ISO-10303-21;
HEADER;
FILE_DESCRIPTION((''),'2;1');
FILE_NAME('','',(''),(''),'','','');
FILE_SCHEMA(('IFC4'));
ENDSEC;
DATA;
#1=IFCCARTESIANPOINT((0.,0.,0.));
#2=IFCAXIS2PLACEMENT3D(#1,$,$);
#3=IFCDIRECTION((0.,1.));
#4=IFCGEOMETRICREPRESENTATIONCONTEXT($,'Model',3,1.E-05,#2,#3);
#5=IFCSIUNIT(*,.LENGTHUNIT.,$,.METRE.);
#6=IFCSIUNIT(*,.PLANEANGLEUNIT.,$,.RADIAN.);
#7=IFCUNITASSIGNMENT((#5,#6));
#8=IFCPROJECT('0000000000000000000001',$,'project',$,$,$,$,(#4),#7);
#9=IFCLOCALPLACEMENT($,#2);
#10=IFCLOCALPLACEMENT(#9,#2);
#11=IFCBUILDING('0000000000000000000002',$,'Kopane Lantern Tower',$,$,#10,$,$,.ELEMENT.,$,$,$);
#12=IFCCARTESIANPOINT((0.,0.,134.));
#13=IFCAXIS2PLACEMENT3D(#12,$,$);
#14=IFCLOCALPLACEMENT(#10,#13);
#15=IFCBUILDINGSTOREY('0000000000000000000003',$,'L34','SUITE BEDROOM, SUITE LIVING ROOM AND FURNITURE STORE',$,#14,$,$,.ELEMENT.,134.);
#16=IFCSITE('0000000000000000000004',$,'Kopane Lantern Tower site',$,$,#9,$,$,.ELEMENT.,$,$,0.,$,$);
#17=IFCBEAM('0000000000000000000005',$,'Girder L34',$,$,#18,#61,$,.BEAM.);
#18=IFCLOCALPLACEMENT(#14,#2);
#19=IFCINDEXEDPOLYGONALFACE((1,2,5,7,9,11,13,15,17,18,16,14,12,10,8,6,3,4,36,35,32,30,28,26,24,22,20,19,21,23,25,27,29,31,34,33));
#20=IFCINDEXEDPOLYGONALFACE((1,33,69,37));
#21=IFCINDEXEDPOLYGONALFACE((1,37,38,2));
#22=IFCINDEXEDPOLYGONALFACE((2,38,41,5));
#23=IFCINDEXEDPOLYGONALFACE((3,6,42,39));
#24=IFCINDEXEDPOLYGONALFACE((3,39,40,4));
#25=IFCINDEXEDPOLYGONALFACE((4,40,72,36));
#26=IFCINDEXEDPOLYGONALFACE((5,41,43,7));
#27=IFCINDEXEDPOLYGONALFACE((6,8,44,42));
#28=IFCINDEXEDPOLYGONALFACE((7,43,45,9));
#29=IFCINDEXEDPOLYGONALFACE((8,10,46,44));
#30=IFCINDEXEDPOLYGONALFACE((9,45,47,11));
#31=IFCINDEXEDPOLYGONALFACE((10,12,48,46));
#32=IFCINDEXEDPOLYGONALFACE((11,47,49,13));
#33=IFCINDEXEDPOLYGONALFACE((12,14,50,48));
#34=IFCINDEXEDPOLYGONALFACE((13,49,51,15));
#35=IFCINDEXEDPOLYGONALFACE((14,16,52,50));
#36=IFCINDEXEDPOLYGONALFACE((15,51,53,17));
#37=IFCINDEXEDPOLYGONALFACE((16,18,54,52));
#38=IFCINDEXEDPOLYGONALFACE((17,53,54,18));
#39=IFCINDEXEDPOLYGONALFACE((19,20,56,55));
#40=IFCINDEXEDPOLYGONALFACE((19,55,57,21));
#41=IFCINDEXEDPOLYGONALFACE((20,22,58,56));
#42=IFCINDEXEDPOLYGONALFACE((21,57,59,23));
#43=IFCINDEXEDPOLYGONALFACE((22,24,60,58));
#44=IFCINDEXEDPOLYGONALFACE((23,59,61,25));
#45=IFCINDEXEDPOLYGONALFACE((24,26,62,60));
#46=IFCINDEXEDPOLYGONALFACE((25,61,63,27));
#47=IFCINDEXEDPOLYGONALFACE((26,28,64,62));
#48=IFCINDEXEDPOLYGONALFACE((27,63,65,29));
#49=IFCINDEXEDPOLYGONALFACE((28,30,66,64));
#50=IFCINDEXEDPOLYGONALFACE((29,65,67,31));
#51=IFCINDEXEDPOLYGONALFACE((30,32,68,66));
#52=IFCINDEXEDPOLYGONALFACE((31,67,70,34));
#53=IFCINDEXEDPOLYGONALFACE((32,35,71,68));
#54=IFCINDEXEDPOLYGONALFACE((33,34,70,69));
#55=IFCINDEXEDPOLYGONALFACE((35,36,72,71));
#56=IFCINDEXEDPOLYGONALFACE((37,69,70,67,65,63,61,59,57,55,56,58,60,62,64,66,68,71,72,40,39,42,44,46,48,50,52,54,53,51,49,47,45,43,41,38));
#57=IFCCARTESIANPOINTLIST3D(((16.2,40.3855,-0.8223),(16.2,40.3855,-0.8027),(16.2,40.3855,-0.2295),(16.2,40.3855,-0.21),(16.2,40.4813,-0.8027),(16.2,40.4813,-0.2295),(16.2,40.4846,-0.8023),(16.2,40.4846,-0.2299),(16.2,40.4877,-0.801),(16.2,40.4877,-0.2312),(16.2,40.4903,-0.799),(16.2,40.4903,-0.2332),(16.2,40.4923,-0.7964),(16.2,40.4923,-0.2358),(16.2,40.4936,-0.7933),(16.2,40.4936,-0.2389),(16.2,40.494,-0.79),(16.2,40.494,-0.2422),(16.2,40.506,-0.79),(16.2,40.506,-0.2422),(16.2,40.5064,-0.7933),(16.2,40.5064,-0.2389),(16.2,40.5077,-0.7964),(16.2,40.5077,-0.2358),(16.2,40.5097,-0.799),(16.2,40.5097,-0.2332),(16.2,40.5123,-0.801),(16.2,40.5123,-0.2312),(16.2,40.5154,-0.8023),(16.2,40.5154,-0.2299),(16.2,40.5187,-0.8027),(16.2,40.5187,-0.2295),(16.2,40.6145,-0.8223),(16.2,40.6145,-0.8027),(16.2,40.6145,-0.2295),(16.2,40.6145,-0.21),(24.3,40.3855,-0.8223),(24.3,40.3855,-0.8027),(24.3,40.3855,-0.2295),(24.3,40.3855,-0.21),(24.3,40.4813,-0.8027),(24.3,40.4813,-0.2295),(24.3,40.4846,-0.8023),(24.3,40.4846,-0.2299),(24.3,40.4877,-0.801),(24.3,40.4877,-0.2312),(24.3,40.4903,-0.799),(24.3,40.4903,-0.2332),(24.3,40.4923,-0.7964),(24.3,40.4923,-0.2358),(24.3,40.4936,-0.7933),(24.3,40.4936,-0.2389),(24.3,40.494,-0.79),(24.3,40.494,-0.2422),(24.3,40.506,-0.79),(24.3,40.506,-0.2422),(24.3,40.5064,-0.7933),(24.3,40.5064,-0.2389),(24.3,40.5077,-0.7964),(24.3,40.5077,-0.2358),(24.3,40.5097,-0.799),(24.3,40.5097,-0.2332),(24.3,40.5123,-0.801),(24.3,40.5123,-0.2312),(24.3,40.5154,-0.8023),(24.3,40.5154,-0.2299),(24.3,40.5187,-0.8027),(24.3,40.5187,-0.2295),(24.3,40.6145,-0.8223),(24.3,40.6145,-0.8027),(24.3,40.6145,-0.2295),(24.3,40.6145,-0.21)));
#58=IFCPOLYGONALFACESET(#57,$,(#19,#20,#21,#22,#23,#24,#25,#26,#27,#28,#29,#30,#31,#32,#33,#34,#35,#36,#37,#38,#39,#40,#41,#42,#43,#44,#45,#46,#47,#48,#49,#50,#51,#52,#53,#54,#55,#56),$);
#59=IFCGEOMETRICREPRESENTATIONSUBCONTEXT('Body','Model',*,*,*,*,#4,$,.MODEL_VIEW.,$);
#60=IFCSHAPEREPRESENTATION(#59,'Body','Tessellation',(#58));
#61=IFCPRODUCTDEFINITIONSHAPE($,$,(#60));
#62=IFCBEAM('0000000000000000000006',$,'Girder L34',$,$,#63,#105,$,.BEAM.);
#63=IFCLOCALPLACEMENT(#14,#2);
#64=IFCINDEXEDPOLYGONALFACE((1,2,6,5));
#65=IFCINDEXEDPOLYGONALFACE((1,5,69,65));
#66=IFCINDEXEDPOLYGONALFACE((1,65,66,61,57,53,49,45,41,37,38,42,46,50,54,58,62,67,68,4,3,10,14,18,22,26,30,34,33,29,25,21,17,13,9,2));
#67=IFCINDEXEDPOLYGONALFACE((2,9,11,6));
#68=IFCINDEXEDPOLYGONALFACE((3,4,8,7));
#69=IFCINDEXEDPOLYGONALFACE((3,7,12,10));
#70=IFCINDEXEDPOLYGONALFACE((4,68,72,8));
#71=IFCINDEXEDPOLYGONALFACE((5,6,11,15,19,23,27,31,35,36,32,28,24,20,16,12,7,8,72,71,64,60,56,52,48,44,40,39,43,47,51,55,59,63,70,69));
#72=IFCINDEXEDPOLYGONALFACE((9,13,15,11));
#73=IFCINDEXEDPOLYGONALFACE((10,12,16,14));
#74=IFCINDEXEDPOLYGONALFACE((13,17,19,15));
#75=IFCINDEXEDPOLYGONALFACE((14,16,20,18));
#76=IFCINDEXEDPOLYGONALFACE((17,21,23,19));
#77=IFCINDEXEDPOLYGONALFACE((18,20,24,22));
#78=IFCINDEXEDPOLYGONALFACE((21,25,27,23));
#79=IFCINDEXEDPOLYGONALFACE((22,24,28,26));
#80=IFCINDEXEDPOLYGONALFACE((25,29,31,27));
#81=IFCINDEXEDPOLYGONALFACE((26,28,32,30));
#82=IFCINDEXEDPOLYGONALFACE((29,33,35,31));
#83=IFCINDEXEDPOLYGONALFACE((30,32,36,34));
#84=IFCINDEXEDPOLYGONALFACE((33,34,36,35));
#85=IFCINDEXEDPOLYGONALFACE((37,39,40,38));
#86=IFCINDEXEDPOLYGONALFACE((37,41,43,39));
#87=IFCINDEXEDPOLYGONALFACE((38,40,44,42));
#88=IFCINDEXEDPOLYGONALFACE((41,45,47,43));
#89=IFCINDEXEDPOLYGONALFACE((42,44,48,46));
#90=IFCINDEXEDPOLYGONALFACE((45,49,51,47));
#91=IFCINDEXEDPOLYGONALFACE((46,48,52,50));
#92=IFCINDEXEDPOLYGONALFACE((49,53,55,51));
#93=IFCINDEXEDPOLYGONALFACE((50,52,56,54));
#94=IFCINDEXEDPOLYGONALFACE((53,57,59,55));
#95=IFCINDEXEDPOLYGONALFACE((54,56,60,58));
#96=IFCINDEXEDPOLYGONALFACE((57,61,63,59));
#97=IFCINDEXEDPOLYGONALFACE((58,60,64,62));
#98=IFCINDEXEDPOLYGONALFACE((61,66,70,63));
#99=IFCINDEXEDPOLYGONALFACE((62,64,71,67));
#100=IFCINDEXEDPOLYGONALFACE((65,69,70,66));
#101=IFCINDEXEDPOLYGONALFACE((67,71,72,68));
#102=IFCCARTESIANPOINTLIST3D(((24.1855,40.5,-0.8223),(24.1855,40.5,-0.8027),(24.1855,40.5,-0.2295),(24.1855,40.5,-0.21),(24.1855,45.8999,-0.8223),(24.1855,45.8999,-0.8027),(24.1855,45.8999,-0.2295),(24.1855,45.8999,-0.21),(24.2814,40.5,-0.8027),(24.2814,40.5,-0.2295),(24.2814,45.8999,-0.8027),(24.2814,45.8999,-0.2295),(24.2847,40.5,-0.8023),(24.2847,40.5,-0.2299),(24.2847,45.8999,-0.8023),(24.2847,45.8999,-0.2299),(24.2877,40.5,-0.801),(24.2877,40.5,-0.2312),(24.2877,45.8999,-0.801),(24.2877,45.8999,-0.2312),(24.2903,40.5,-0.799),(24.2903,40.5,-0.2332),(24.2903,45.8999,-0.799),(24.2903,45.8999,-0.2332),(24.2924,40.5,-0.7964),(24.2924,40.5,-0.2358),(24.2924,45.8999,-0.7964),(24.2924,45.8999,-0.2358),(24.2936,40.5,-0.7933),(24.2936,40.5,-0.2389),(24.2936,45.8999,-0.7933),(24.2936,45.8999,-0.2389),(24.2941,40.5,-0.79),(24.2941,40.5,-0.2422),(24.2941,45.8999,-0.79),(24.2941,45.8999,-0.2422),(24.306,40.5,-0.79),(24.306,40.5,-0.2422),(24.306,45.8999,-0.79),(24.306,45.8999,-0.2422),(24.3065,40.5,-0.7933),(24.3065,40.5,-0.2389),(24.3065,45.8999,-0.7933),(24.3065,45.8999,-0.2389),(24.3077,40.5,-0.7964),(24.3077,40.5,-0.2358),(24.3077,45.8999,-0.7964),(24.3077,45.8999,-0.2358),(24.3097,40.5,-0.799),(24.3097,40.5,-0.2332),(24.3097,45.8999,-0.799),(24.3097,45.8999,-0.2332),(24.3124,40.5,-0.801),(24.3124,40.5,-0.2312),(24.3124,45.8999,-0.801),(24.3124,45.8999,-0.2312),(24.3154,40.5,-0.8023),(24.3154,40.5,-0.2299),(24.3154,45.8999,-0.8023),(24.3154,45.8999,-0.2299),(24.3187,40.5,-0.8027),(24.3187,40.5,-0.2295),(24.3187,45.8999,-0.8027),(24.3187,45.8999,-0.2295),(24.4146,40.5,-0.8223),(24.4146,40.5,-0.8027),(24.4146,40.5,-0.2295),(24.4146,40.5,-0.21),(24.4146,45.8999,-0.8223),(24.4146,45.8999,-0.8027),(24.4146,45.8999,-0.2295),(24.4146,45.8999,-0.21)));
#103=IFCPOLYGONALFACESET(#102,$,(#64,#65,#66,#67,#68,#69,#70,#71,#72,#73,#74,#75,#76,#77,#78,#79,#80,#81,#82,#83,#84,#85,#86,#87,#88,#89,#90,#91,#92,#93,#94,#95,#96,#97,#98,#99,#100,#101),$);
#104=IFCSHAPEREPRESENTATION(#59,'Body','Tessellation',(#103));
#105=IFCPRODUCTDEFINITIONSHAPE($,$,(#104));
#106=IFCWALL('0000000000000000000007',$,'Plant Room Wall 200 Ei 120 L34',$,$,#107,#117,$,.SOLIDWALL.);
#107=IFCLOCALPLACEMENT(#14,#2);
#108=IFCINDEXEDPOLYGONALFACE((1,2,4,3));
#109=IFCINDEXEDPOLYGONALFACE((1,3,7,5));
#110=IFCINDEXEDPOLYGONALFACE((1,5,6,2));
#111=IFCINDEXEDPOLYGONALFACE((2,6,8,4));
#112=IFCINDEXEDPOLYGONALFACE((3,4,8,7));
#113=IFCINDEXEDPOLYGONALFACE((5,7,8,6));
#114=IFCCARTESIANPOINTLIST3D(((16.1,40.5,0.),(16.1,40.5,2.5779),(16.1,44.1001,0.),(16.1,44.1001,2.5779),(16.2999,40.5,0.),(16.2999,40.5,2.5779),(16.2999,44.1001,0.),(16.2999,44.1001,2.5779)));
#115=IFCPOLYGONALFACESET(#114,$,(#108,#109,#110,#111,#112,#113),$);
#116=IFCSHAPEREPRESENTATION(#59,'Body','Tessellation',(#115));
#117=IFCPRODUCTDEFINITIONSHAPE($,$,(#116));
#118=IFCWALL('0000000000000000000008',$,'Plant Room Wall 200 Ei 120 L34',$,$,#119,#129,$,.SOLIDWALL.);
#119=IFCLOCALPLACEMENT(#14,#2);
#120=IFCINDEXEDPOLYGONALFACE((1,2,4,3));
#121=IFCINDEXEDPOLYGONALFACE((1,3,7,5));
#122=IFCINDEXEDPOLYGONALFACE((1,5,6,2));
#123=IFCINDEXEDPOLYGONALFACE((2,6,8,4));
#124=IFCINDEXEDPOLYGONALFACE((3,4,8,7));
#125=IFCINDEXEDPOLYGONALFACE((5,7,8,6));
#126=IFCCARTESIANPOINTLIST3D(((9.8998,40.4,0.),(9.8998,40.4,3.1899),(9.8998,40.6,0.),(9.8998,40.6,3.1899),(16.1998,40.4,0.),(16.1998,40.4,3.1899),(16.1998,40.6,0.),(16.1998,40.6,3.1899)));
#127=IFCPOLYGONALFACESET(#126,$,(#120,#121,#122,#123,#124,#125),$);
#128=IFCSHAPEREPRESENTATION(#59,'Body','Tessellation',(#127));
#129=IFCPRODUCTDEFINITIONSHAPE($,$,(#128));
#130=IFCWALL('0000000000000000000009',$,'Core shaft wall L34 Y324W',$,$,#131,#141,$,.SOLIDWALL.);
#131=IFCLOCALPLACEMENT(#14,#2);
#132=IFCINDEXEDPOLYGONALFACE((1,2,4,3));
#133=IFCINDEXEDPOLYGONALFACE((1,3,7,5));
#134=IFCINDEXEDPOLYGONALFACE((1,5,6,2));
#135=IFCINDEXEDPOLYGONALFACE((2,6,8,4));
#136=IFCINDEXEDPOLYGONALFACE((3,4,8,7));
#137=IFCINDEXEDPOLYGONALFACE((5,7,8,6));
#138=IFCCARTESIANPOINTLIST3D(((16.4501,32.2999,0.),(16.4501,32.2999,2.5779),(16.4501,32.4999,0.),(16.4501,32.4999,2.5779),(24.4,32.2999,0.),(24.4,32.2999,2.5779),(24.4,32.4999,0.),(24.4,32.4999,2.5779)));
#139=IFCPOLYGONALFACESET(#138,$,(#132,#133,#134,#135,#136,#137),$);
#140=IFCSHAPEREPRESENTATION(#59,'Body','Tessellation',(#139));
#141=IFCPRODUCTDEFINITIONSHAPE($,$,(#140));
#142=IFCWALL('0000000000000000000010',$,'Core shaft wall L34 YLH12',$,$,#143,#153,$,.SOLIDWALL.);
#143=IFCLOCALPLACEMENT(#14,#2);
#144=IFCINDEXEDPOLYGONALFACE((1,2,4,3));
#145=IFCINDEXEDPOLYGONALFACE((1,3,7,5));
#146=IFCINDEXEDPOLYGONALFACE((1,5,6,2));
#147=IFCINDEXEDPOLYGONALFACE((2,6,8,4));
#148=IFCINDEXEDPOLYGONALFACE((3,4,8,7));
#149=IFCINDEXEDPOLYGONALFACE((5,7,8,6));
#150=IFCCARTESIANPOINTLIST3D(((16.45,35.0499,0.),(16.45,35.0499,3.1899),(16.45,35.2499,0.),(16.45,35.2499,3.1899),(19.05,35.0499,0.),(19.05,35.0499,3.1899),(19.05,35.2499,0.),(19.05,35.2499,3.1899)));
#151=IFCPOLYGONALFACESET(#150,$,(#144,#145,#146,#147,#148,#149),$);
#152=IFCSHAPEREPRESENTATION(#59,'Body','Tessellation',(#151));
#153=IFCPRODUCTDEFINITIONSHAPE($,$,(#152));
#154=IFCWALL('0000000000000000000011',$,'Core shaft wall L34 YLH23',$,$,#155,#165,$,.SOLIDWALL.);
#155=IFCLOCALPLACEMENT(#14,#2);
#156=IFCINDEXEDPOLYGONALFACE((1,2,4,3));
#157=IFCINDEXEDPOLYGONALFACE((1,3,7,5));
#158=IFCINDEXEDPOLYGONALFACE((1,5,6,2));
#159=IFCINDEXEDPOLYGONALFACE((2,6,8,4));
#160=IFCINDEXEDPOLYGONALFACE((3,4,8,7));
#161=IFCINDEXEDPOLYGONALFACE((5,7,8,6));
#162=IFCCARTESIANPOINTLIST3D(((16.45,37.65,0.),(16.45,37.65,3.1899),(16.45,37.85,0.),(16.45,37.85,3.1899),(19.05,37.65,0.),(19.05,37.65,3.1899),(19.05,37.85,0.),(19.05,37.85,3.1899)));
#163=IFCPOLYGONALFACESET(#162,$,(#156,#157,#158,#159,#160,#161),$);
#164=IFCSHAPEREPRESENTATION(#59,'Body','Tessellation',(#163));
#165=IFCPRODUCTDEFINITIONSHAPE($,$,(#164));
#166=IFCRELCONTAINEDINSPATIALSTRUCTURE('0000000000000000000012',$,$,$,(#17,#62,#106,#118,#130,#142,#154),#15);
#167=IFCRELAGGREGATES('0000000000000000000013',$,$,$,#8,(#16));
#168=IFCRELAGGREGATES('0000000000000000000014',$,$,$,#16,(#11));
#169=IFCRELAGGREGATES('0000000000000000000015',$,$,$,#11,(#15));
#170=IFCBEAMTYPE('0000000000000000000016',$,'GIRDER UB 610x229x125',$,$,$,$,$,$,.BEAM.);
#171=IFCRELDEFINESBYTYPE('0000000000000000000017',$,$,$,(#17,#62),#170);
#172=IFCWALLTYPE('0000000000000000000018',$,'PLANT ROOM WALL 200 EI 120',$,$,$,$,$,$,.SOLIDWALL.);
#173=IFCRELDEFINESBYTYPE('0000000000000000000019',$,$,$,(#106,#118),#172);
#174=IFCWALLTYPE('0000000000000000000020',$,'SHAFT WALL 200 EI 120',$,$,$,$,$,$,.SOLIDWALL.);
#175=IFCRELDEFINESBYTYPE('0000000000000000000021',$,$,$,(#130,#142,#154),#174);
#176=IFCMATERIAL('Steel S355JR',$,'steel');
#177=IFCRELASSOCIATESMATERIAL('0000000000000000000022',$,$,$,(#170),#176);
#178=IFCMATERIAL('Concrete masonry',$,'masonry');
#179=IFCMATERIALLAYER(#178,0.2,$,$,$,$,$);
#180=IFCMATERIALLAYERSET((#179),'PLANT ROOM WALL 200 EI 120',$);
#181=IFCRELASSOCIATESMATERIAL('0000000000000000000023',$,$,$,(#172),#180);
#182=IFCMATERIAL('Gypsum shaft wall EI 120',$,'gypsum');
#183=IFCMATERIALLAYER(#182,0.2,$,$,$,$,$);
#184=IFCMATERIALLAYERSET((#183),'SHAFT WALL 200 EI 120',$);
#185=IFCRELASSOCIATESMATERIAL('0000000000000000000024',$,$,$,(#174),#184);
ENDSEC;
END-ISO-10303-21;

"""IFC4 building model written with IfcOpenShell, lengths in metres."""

from ifc_helpers import new_model, si_unit, direction, frame, frame_2d, origin, origin_2d, place, context, subcontext, project, spatial, rectangle, i_section, extrude, material, layer, layer_set, material_profile, profile_set, type_object, element, save


model = new_model("IFC4")

# Units and contexts
model_context = context("Model", 3, precision=1e-05, world=origin(), true_north=direction((0.0, 1.0)))
body_context = subcontext(model_context, "Body", "Model", "MODEL_VIEW")
ifc_project = project(units=[si_unit("LENGTHUNIT", "METRE"), si_unit("PLANEANGLEUNIT", "RADIAN")], contexts=[model_context])

# Site, building, storey
site_placement = place(None, origin())
site = spatial("IfcSite", under=ifc_project, at=site_placement, Name="Kopane Lantern Tower site", CompositionType="ELEMENT", RefElevation=0.0)
building_placement = place(site_placement, origin())
building = spatial("IfcBuilding", under=site, at=building_placement, Name="Kopane Lantern Tower", CompositionType="ELEMENT")
storey_placement = place(building_placement, frame((0.0, 0.0, 134.0)))
storey = spatial("IfcBuildingStorey", under=building, at=storey_placement, Name="L34", Description="SUITE BEDROOM, SUITE LIVING ROOM AND FURNITURE STORE", CompositionType="ELEMENT", Elevation=134.0)

# Beams
ifc_material_1 = material(Name="Steel S355JR", Category="steel")
ifc_material_profile_1 = material_profile(ifc_material_1, i_section(OverallWidth=0.229, OverallDepth=0.6123, WebThickness=0.012, FlangeThickness=0.0195, FilletRadius=0.0127, at=origin_2d()), Name="UB 610x229x125")
ifc_profile_set_1 = profile_set([ifc_material_profile_1], Name="Steel S355JR")
beam_type_1 = type_object("IfcBeamType", Name="GIRDER UB 610x229x125", PredefinedType="BEAM", material=ifc_profile_set_1)
beam_1_placement = place(storey_placement, frame((16.2, 40.5, -0.5161), z_axis=(1.0, 0.0, 0.0), x_axis=(0.0, 1.0, 0.0)))
element("IfcBeam", 1, at=beam_1_placement, inside=storey, type_object=beam_type_1, Name="Girder L34", PredefinedType="BEAM", context=body_context, shape_type="SweptSolid", body=[
    extrude(i_section(OverallWidth=0.229, OverallDepth=0.6123, WebThickness=0.012, FlangeThickness=0.0195, FilletRadius=0.0127, at=origin_2d()), origin(), (0.0, 0.0, 1.0), 8.1001),
])
beam_2_placement = place(storey_placement, frame((24.3, 40.5, -0.5161), z_axis=(0.0, 1.0, 0.0), x_axis=(-1.0, 0.0, 0.0)))
element("IfcBeam", 2, at=beam_2_placement, inside=storey, type_object=beam_type_1, Name="Girder L34", PredefinedType="BEAM", context=body_context, shape_type="SweptSolid", body=[
    extrude(i_section(OverallWidth=0.229, OverallDepth=0.6123, WebThickness=0.012, FlangeThickness=0.0195, FilletRadius=0.0127, at=origin_2d()), origin(), (0.0, 0.0, 1.0), 5.3999),
])

# Walls
ifc_material_2 = material(Name="Concrete masonry", Category="masonry")
ifc_layer_1 = layer(ifc_material_2, 0.2)
ifc_layer_set_1 = layer_set([ifc_layer_1], Name="PLANT ROOM WALL 200 EI 120")
wall_type_1 = type_object("IfcWallType", Name="PLANT ROOM WALL 200 EI 120", PredefinedType="SOLIDWALL", material=ifc_layer_set_1)
wall_1_placement = place(storey_placement, frame((16.2, 40.5, 0.0), z_axis=(0.0, 0.0, 1.0), x_axis=(0.0, 1.0, 0.0)))
element("IfcWall", 3, at=wall_1_placement, inside=storey, type_object=wall_type_1, Name="Plant Room Wall 200 Ei 120 L34", PredefinedType="SOLIDWALL", context=body_context, shape_type="SweptSolid", body=[
    extrude(rectangle(XDim=3.6001, YDim=0.2, at=frame_2d((1.8, 0.0))), origin(), (0.0, 0.0, 1.0), 2.5779),
])
wall_2_placement = place(storey_placement, frame((9.8999, 40.5, 0.0), z_axis=(0.0, 0.0, 1.0), x_axis=(1.0, 0.0, 0.0)))
element("IfcWall", 4, at=wall_2_placement, inside=storey, type_object=wall_type_1, Name="Plant Room Wall 200 Ei 120 L34", PredefinedType="SOLIDWALL", context=body_context, shape_type="SweptSolid", body=[
    extrude(rectangle(XDim=6.3, YDim=0.2, at=frame_2d((3.1499, 0.0))), origin(), (0.0, 0.0, 1.0), 3.1899),
])
ifc_material_3 = material(Name="Gypsum shaft wall EI 120", Category="gypsum")
ifc_layer_2 = layer(ifc_material_3, 0.2)
ifc_layer_set_2 = layer_set([ifc_layer_2], Name="SHAFT WALL 200 EI 120")
wall_type_2 = type_object("IfcWallType", Name="SHAFT WALL 200 EI 120", PredefinedType="SOLIDWALL", material=ifc_layer_set_2)
wall_3_placement = place(storey_placement, frame((16.45, 32.3999, 0.0), z_axis=(0.0, 0.0, 1.0), x_axis=(1.0, 0.0, 0.0)))
element("IfcWall", 5, at=wall_3_placement, inside=storey, type_object=wall_type_2, Name="Core shaft wall L34 Y324W", PredefinedType="SOLIDWALL", context=body_context, shape_type="SweptSolid", body=[
    extrude(rectangle(XDim=7.95, YDim=0.2, at=frame_2d((3.9751, 0.0))), origin(), (0.0, 0.0, 1.0), 2.5779),
])
for number, where, z_axis, x_axis, name in (
    (6, (16.45, 35.1499, 0.0), (0.0, 0.0, 1.0), (1.0, 0.0, 0.0), "Core shaft wall L34 YLH12"),
    (7, (16.45, 37.75, 0.0), (0.0, 0.0, 1.0), (1.0, 0.0, 0.0), "Core shaft wall L34 YLH23"),
):
    element("IfcWall", number, at=place(storey_placement, frame(where, z_axis=z_axis, x_axis=x_axis)), inside=storey, type_object=wall_type_2, Name=name, PredefinedType="SOLIDWALL", context=body_context, shape_type="SweptSolid", body=[
        extrude(rectangle(XDim=2.6001, YDim=0.2, at=frame_2d((1.3, 0.0))), origin(), (0.0, 0.0, 1.0), 3.1899),
    ])

save(model, "model.ifc")
